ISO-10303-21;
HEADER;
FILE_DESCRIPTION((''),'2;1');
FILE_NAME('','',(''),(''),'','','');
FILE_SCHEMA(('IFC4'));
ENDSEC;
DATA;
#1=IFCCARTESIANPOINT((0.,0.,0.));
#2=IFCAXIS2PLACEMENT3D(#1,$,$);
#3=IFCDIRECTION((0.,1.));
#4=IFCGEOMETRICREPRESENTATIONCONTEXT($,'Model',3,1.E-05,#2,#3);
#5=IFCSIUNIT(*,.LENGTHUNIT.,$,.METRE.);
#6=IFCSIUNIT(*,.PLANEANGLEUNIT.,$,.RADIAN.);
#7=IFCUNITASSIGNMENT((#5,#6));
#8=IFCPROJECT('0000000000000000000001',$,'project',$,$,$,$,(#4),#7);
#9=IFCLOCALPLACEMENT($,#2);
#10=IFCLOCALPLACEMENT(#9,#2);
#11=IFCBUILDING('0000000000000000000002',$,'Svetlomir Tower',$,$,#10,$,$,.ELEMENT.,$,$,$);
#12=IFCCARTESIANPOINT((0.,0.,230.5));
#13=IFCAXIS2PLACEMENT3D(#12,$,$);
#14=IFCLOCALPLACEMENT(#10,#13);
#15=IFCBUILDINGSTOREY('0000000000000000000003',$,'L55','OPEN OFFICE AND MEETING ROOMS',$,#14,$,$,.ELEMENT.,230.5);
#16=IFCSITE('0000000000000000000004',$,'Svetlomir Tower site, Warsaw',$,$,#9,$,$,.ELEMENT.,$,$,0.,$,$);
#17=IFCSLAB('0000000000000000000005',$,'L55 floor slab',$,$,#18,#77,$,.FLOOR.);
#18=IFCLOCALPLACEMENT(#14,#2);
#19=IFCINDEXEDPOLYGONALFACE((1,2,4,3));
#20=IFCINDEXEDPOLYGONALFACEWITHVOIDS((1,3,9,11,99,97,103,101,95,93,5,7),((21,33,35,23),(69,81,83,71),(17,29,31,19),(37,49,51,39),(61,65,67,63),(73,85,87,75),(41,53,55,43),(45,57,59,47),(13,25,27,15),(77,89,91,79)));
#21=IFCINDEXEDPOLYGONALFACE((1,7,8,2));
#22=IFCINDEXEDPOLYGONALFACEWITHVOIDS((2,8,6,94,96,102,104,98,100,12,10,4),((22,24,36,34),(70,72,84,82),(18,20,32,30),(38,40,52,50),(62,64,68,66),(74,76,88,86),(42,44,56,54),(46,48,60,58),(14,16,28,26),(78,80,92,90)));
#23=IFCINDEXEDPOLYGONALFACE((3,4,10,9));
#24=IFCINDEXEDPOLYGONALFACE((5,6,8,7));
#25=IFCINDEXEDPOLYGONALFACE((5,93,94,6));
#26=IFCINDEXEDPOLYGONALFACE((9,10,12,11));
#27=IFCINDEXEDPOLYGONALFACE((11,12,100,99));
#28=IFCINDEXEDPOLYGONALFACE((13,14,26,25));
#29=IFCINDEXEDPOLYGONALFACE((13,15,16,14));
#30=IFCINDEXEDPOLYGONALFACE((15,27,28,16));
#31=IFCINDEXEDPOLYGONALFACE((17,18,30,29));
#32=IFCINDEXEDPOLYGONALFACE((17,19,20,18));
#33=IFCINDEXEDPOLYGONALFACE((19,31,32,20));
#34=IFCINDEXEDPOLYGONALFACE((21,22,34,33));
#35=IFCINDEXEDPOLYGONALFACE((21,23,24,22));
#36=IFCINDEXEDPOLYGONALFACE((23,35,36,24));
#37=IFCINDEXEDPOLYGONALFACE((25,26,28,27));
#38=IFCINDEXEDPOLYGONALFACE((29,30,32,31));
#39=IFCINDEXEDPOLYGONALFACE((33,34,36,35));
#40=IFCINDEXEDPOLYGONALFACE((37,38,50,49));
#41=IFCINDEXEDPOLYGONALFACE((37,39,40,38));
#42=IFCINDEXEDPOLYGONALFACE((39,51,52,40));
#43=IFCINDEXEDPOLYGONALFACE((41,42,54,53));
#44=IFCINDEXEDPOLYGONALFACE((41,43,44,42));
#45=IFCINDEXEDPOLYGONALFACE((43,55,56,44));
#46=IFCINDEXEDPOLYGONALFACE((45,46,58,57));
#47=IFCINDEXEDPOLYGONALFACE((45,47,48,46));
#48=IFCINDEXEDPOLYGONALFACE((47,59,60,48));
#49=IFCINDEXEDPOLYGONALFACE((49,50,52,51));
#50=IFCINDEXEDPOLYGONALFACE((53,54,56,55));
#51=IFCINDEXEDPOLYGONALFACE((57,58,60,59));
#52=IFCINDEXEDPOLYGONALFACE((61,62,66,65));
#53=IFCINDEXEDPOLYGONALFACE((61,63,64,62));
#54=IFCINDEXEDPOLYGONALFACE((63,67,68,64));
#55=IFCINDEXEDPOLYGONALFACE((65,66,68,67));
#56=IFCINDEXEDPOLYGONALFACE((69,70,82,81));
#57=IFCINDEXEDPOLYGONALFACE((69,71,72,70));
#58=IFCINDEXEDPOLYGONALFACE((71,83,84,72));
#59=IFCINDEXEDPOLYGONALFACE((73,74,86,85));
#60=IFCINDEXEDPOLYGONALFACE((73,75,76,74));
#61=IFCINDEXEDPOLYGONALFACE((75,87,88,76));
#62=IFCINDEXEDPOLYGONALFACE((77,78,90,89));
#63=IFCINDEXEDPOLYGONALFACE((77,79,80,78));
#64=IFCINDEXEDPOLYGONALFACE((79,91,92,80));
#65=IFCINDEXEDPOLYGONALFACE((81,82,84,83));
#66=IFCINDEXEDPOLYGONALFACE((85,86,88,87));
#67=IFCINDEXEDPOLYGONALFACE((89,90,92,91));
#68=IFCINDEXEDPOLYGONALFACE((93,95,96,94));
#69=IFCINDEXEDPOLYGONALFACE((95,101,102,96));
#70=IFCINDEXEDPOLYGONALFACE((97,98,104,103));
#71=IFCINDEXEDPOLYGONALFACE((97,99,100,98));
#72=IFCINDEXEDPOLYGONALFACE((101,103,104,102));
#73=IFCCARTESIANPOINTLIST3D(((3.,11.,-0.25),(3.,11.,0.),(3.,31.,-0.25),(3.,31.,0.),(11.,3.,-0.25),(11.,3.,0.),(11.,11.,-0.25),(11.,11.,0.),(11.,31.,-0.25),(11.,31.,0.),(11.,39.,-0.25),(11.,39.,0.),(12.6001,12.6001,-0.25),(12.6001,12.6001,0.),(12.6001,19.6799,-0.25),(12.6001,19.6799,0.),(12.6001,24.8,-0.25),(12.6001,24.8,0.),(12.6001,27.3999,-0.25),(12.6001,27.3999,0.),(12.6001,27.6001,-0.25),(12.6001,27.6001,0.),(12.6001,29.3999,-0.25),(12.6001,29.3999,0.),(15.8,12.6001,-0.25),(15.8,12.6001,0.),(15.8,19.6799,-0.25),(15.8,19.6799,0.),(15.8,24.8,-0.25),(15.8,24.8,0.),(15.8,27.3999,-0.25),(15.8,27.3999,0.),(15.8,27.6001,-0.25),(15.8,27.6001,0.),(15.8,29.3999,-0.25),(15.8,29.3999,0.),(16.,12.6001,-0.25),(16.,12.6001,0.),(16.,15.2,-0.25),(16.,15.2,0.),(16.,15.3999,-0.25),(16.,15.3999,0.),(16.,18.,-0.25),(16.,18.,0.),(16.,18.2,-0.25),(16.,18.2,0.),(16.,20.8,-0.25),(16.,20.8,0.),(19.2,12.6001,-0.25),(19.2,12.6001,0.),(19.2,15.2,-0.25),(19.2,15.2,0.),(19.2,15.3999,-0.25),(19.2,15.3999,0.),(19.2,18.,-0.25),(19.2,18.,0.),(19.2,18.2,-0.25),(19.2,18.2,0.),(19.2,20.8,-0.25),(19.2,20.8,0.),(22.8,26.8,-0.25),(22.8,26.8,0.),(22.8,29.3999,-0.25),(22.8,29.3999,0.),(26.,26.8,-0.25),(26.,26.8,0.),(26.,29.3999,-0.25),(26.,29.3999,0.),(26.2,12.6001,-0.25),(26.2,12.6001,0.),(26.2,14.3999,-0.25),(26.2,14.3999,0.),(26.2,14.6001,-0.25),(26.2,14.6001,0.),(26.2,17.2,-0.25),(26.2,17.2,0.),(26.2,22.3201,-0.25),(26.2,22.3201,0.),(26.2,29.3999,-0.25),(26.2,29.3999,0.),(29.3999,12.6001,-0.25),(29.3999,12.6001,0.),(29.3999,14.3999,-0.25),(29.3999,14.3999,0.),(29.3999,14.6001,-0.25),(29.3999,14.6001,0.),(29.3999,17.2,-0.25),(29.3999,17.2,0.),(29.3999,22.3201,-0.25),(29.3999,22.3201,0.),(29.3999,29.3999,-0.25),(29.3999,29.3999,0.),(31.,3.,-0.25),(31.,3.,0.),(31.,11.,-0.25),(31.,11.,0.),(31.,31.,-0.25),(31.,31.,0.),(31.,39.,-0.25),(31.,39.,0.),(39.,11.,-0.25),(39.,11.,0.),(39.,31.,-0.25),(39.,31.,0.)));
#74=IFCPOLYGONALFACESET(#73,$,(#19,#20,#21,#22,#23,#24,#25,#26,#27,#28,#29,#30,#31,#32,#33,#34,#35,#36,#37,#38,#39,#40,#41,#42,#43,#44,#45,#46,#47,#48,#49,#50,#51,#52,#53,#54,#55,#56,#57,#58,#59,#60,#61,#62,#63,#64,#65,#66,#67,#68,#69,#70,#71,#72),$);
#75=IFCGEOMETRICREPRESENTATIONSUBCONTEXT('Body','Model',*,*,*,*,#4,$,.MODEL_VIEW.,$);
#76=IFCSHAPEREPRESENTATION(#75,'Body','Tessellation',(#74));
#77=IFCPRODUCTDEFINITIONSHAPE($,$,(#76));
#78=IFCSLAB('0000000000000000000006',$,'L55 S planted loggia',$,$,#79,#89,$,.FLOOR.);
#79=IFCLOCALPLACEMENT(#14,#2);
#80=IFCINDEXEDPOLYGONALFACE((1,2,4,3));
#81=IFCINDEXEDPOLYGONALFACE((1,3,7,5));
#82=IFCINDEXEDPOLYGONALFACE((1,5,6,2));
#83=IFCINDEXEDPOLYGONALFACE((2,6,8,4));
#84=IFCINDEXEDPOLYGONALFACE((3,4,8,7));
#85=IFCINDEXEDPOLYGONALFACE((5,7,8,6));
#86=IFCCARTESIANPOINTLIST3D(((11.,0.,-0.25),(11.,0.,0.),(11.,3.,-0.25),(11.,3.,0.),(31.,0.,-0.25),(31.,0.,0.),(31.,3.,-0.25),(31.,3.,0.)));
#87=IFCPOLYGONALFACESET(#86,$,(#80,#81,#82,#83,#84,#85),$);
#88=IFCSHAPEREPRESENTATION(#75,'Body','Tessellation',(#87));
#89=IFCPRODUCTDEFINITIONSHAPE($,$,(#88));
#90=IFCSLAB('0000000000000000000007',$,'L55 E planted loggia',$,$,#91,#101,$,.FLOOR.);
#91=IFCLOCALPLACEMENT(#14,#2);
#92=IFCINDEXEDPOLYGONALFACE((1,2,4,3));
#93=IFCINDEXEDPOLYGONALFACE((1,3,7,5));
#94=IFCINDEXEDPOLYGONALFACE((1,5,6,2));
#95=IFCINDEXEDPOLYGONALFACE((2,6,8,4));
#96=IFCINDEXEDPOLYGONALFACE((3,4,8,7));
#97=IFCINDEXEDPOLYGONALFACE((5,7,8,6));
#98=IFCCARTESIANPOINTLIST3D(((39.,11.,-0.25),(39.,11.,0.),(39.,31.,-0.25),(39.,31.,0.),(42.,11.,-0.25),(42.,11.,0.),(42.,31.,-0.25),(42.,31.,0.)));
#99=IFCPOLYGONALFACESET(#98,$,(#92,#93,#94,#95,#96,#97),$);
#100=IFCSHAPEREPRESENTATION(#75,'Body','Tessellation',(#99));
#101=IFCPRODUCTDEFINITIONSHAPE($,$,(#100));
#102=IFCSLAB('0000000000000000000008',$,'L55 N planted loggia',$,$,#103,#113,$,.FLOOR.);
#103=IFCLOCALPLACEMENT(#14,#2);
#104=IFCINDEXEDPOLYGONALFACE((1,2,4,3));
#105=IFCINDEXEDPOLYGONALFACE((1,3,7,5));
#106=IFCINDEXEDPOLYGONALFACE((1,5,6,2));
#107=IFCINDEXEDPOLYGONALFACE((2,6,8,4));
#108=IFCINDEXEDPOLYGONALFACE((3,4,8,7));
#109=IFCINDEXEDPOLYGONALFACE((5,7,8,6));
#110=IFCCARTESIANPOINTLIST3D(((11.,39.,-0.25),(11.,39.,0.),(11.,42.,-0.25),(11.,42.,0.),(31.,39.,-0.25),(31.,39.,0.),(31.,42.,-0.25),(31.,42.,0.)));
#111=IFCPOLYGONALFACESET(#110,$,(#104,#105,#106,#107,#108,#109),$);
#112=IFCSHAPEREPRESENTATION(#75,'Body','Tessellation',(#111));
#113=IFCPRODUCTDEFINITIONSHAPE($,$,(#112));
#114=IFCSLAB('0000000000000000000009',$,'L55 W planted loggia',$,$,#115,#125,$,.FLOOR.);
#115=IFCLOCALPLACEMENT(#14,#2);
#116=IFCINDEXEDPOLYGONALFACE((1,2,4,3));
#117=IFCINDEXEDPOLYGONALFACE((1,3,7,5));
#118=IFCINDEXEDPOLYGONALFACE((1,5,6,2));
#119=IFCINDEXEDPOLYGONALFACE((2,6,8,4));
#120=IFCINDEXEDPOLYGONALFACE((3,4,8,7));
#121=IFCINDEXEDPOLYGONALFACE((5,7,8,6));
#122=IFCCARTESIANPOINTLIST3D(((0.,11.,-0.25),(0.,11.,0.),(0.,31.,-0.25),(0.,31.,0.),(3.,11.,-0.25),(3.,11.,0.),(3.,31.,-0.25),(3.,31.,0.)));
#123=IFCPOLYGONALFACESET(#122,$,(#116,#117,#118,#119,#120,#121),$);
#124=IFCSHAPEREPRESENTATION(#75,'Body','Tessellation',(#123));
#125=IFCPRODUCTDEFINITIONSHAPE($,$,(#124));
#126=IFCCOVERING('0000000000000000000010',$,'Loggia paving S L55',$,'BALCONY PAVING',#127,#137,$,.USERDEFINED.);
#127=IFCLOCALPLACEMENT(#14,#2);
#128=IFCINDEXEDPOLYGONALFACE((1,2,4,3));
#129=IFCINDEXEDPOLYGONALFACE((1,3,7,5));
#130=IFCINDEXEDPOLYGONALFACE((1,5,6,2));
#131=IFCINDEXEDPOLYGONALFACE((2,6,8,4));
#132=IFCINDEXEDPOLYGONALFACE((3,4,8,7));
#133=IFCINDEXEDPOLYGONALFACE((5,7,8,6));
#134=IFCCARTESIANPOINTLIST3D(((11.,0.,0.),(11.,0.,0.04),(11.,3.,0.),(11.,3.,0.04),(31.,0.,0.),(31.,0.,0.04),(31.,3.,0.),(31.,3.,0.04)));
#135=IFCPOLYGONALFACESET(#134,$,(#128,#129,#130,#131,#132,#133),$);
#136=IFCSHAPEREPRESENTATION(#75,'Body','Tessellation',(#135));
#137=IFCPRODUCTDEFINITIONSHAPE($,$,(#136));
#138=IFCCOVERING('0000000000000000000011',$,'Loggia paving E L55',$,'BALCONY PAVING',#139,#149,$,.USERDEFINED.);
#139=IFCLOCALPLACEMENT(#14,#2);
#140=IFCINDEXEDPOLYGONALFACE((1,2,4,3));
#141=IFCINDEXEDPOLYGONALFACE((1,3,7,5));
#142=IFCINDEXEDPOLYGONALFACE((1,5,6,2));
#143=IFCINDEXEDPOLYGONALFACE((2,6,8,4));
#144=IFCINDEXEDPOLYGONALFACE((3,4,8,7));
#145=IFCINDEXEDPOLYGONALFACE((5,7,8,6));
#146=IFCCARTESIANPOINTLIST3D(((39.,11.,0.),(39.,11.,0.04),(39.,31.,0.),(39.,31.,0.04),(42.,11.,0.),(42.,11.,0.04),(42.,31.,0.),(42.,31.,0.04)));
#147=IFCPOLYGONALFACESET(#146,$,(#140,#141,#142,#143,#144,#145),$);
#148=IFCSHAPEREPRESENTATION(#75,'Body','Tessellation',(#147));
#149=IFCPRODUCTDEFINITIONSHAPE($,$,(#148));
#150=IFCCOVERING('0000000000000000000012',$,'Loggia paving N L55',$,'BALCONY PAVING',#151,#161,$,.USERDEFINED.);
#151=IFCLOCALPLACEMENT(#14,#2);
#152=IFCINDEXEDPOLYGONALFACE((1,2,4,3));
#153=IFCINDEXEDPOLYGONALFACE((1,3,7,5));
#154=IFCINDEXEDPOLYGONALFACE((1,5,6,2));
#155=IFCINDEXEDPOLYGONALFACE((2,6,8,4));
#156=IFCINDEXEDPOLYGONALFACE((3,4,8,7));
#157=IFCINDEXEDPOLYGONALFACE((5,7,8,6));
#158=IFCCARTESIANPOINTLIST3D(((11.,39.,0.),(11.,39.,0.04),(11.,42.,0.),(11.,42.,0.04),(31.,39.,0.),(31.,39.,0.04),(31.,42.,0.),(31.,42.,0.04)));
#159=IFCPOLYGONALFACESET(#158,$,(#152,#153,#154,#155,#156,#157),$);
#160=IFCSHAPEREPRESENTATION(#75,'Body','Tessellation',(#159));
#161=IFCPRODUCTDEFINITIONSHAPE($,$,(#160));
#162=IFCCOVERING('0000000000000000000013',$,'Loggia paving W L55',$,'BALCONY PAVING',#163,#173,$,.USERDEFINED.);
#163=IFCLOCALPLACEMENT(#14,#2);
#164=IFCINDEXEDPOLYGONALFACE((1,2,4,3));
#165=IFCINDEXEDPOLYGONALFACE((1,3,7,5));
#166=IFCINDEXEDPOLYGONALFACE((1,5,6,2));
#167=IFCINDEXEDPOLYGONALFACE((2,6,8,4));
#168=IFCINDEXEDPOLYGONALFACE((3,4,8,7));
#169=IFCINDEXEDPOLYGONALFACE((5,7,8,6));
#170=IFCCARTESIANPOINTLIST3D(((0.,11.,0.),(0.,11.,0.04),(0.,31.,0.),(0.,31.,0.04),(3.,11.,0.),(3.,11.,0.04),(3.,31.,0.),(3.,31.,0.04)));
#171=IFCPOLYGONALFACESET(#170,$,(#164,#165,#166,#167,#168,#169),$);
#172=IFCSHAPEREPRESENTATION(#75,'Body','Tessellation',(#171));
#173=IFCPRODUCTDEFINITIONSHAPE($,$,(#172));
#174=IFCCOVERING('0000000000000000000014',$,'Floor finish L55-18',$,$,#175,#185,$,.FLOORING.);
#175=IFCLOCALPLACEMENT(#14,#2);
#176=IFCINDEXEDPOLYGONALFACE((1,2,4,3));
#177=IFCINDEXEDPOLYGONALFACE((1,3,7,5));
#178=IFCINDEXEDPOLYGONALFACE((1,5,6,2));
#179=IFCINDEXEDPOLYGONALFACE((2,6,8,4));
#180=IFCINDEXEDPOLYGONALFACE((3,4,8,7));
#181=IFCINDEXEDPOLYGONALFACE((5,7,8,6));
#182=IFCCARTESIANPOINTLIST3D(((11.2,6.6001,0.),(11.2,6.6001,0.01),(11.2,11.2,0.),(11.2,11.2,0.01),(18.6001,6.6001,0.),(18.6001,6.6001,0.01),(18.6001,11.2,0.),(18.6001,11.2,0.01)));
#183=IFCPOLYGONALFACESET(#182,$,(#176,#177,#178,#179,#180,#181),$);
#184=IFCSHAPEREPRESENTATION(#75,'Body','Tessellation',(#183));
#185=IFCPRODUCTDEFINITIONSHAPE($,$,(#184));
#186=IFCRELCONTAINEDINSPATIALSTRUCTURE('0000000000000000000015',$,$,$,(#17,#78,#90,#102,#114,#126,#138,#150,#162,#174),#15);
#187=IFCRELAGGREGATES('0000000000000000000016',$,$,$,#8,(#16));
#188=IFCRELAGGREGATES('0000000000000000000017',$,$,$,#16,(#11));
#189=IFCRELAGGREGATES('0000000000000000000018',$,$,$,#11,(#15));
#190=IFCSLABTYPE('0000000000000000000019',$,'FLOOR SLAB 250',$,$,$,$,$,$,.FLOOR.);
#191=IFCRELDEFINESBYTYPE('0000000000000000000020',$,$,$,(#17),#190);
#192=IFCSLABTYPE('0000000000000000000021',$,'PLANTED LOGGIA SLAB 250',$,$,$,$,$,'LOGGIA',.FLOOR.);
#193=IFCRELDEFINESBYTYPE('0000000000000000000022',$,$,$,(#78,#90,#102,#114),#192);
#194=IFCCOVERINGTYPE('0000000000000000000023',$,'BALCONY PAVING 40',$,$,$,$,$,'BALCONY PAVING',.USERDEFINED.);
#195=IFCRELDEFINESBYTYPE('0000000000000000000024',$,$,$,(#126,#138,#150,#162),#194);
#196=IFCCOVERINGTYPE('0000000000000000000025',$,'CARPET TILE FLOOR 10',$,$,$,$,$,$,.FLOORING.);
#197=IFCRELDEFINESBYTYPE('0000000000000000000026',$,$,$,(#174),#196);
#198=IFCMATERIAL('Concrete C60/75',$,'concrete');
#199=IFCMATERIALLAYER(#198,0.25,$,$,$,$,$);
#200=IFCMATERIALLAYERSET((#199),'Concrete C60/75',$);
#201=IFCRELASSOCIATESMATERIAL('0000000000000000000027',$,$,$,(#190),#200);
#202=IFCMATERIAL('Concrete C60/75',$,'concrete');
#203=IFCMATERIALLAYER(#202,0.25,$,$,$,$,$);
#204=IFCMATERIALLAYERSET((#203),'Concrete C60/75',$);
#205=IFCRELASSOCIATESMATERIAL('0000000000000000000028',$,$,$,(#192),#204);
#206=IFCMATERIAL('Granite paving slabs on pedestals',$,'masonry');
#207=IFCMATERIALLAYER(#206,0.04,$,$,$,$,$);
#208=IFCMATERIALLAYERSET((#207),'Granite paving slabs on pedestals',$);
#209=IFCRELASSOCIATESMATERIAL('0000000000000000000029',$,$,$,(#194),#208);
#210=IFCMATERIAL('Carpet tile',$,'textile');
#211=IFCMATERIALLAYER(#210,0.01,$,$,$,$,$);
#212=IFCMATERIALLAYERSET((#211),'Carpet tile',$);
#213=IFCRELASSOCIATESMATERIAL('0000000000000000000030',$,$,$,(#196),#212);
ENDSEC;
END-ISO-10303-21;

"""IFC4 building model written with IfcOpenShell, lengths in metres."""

from ifc_helpers import new_model, si_unit, direction, frame, origin, place, context, subcontext, project, spatial, polyline, outline, extrude, material, layer, layer_set, type_object, element, save


model = new_model("IFC4")

# Units and contexts
model_context = context("Model", 3, precision=1e-05, world=origin(), true_north=direction((0.0, 1.0)))
body_context = subcontext(model_context, "Body", "Model", "MODEL_VIEW")
ifc_project = project(units=[si_unit("LENGTHUNIT", "METRE"), si_unit("PLANEANGLEUNIT", "RADIAN")], contexts=[model_context])

# Site, building, storey
site_placement = place(None, origin())
site = spatial("IfcSite", under=ifc_project, at=site_placement, Name="Svetlomir Tower site, Warsaw", CompositionType="ELEMENT", RefElevation=0.0)
building_placement = place(site_placement, origin())
building = spatial("IfcBuilding", under=site, at=building_placement, Name="Svetlomir Tower", CompositionType="ELEMENT")
storey_placement = place(building_placement, frame((0.0, 0.0, 230.5)))
storey = spatial("IfcBuildingStorey", under=building, at=storey_placement, Name="L55", Description="OPEN OFFICE AND MEETING ROOMS", CompositionType="ELEMENT", Elevation=230.5)

# Slabs
ifc_material_1 = material(Name="Concrete C60/75", Category="concrete")
ifc_layer_1 = layer(ifc_material_1, 0.25)
ifc_layer_set_1 = layer_set([ifc_layer_1], Name="Concrete C60/75")
slab_type_1 = type_object("IfcSlabType", Name="FLOOR SLAB 250", PredefinedType="FLOOR", material=ifc_layer_set_1)
slab_1_placement = place(storey_placement, frame((0.0, 0.0, -0.25)))
element("IfcSlab", 1, at=slab_1_placement, inside=storey, type_object=slab_type_1, Name="L55 floor slab", PredefinedType="FLOOR", context=body_context, shape_type="SweptSolid", body=[
    extrude(outline(polyline([(11.0, 3.0), (31.0, 3.0), (31.0, 11.0), (39.0, 11.0), (39.0, 31.0), (31.0, 31.0), (31.0, 39.0), (11.0, 39.0), (11.0, 31.0), (3.0, 31.0), (3.0, 11.0), (11.0, 11.0), (11.0, 3.0)]), holes=[polyline([(12.6001, 24.8), (15.8, 24.8), (15.8, 27.3999), (12.6001, 27.3999), (12.6001, 24.8)]), polyline([(26.2, 14.6001), (29.3999, 14.6001), (29.3999, 17.2), (26.2, 17.2), (26.2, 14.6001)]), polyline([(16.0, 12.6001), (19.2, 12.6001), (19.2, 15.2), (16.0, 15.2), (16.0, 12.6001)]), polyline([(16.0, 15.3999), (19.2, 15.3999), (19.2, 18.0), (16.0, 18.0), (16.0, 15.3999)]), polyline([(16.0, 18.2), (19.2, 18.2), (19.2, 20.8), (16.0, 20.8), (16.0, 18.2)]), polyline([(22.8, 26.8), (26.0, 26.8), (26.0, 29.3999), (22.8, 29.3999), (22.8, 26.8)]), polyline([(12.6001, 27.6001), (15.8, 27.6001), (15.8, 29.3999), (12.6001, 29.3999), (12.6001, 27.6001)]), polyline([(26.2, 12.6001), (29.3999, 12.6001), (29.3999, 14.3999), (26.2, 14.3999), (26.2, 12.6001)]), polyline([(12.6001, 12.6001), (15.8, 12.6001), (15.8, 19.6799), (12.6001, 19.6799), (12.6001, 12.6001)]), polyline([(26.2, 22.3201), (29.3999, 22.3201), (29.3999, 29.3999), (26.2, 29.3999), (26.2, 22.3201)])]), origin(), (0.0, 0.0, 1.0), 0.25),
])
ifc_material_2 = material(Name="Concrete C60/75", Category="concrete")
ifc_layer_2 = layer(ifc_material_2, 0.25)
ifc_layer_set_2 = layer_set([ifc_layer_2], Name="Concrete C60/75")
slab_type_2 = type_object("IfcSlabType", Name="PLANTED LOGGIA SLAB 250", ElementType="LOGGIA", PredefinedType="FLOOR", material=ifc_layer_set_2)
slab_2_placement = place(storey_placement, frame((0.0, 0.0, -0.25)))
element("IfcSlab", 2, at=slab_2_placement, inside=storey, type_object=slab_type_2, Name="L55 S planted loggia", PredefinedType="FLOOR", context=body_context, shape_type="SweptSolid", body=[
    extrude(outline(polyline([(11.0, 0.0), (31.0, 0.0), (31.0, 3.0), (11.0, 3.0), (11.0, 0.0)])), origin(), (0.0, 0.0, 1.0), 0.25),
])
slab_3_placement = place(storey_placement, frame((0.0, 0.0, -0.25)))
element("IfcSlab", 3, at=slab_3_placement, inside=storey, type_object=slab_type_2, Name="L55 E planted loggia", PredefinedType="FLOOR", context=body_context, shape_type="SweptSolid", body=[
    extrude(outline(polyline([(39.0, 11.0), (42.0, 11.0), (42.0, 31.0), (39.0, 31.0), (39.0, 11.0)])), origin(), (0.0, 0.0, 1.0), 0.25),
])
slab_4_placement = place(storey_placement, frame((0.0, 0.0, -0.25)))
element("IfcSlab", 4, at=slab_4_placement, inside=storey, type_object=slab_type_2, Name="L55 N planted loggia", PredefinedType="FLOOR", context=body_context, shape_type="SweptSolid", body=[
    extrude(outline(polyline([(11.0, 39.0), (31.0, 39.0), (31.0, 42.0), (11.0, 42.0), (11.0, 39.0)])), origin(), (0.0, 0.0, 1.0), 0.25),
])
slab_5_placement = place(storey_placement, frame((0.0, 0.0, -0.25)))
element("IfcSlab", 5, at=slab_5_placement, inside=storey, type_object=slab_type_2, Name="L55 W planted loggia", PredefinedType="FLOOR", context=body_context, shape_type="SweptSolid", body=[
    extrude(outline(polyline([(0.0, 11.0), (3.0, 11.0), (3.0, 31.0), (0.0, 31.0), (0.0, 11.0)])), origin(), (0.0, 0.0, 1.0), 0.25),
])

# Coverings
ifc_material_3 = material(Name="Granite paving slabs on pedestals", Category="masonry")
ifc_layer_3 = layer(ifc_material_3, 0.04)
ifc_layer_set_3 = layer_set([ifc_layer_3], Name="Granite paving slabs on pedestals")
covering_type_1 = type_object("IfcCoveringType", Name="BALCONY PAVING 40", ElementType="BALCONY PAVING", PredefinedType="USERDEFINED", material=ifc_layer_set_3)
covering_1_placement = place(storey_placement, origin())
element("IfcCovering", 6, at=covering_1_placement, inside=storey, type_object=covering_type_1, Name="Loggia paving S L55", ObjectType="BALCONY PAVING", PredefinedType="USERDEFINED", context=body_context, shape_type="SweptSolid", body=[
    extrude(outline(polyline([(11.0, 0.0), (31.0, 0.0), (31.0, 3.0), (11.0, 3.0), (11.0, 0.0)])), origin(), (0.0, 0.0, 1.0), 0.04),
])
covering_2_placement = place(storey_placement, origin())
element("IfcCovering", 7, at=covering_2_placement, inside=storey, type_object=covering_type_1, Name="Loggia paving E L55", ObjectType="BALCONY PAVING", PredefinedType="USERDEFINED", context=body_context, shape_type="SweptSolid", body=[
    extrude(outline(polyline([(39.0, 11.0), (42.0, 11.0), (42.0, 31.0), (39.0, 31.0), (39.0, 11.0)])), origin(), (0.0, 0.0, 1.0), 0.04),
])
covering_3_placement = place(storey_placement, origin())
element("IfcCovering", 8, at=covering_3_placement, inside=storey, type_object=covering_type_1, Name="Loggia paving N L55", ObjectType="BALCONY PAVING", PredefinedType="USERDEFINED", context=body_context, shape_type="SweptSolid", body=[
    extrude(outline(polyline([(11.0, 39.0), (31.0, 39.0), (31.0, 42.0), (11.0, 42.0), (11.0, 39.0)])), origin(), (0.0, 0.0, 1.0), 0.04),
])
covering_4_placement = place(storey_placement, origin())
element("IfcCovering", 9, at=covering_4_placement, inside=storey, type_object=covering_type_1, Name="Loggia paving W L55", ObjectType="BALCONY PAVING", PredefinedType="USERDEFINED", context=body_context, shape_type="SweptSolid", body=[
    extrude(outline(polyline([(0.0, 11.0), (3.0, 11.0), (3.0, 31.0), (0.0, 31.0), (0.0, 11.0)])), origin(), (0.0, 0.0, 1.0), 0.04),
])
ifc_material_4 = material(Name="Carpet tile", Category="textile")
ifc_layer_4 = layer(ifc_material_4, 0.01)
ifc_layer_set_4 = layer_set([ifc_layer_4], Name="Carpet tile")
covering_type_2 = type_object("IfcCoveringType", Name="CARPET TILE FLOOR 10", PredefinedType="FLOORING", material=ifc_layer_set_4)
covering_5_placement = place(storey_placement, origin())
element("IfcCovering", 10, at=covering_5_placement, inside=storey, type_object=covering_type_2, Name="Floor finish L55-18", PredefinedType="FLOORING", context=body_context, shape_type="SweptSolid", body=[
    extrude(outline(polyline([(11.2, 6.6001), (18.6001, 6.6001), (18.6001, 11.2), (11.2, 11.2), (11.2, 6.6001)])), origin(), (0.0, 0.0, 1.0), 0.01),
])

save(model, "model.ifc")
